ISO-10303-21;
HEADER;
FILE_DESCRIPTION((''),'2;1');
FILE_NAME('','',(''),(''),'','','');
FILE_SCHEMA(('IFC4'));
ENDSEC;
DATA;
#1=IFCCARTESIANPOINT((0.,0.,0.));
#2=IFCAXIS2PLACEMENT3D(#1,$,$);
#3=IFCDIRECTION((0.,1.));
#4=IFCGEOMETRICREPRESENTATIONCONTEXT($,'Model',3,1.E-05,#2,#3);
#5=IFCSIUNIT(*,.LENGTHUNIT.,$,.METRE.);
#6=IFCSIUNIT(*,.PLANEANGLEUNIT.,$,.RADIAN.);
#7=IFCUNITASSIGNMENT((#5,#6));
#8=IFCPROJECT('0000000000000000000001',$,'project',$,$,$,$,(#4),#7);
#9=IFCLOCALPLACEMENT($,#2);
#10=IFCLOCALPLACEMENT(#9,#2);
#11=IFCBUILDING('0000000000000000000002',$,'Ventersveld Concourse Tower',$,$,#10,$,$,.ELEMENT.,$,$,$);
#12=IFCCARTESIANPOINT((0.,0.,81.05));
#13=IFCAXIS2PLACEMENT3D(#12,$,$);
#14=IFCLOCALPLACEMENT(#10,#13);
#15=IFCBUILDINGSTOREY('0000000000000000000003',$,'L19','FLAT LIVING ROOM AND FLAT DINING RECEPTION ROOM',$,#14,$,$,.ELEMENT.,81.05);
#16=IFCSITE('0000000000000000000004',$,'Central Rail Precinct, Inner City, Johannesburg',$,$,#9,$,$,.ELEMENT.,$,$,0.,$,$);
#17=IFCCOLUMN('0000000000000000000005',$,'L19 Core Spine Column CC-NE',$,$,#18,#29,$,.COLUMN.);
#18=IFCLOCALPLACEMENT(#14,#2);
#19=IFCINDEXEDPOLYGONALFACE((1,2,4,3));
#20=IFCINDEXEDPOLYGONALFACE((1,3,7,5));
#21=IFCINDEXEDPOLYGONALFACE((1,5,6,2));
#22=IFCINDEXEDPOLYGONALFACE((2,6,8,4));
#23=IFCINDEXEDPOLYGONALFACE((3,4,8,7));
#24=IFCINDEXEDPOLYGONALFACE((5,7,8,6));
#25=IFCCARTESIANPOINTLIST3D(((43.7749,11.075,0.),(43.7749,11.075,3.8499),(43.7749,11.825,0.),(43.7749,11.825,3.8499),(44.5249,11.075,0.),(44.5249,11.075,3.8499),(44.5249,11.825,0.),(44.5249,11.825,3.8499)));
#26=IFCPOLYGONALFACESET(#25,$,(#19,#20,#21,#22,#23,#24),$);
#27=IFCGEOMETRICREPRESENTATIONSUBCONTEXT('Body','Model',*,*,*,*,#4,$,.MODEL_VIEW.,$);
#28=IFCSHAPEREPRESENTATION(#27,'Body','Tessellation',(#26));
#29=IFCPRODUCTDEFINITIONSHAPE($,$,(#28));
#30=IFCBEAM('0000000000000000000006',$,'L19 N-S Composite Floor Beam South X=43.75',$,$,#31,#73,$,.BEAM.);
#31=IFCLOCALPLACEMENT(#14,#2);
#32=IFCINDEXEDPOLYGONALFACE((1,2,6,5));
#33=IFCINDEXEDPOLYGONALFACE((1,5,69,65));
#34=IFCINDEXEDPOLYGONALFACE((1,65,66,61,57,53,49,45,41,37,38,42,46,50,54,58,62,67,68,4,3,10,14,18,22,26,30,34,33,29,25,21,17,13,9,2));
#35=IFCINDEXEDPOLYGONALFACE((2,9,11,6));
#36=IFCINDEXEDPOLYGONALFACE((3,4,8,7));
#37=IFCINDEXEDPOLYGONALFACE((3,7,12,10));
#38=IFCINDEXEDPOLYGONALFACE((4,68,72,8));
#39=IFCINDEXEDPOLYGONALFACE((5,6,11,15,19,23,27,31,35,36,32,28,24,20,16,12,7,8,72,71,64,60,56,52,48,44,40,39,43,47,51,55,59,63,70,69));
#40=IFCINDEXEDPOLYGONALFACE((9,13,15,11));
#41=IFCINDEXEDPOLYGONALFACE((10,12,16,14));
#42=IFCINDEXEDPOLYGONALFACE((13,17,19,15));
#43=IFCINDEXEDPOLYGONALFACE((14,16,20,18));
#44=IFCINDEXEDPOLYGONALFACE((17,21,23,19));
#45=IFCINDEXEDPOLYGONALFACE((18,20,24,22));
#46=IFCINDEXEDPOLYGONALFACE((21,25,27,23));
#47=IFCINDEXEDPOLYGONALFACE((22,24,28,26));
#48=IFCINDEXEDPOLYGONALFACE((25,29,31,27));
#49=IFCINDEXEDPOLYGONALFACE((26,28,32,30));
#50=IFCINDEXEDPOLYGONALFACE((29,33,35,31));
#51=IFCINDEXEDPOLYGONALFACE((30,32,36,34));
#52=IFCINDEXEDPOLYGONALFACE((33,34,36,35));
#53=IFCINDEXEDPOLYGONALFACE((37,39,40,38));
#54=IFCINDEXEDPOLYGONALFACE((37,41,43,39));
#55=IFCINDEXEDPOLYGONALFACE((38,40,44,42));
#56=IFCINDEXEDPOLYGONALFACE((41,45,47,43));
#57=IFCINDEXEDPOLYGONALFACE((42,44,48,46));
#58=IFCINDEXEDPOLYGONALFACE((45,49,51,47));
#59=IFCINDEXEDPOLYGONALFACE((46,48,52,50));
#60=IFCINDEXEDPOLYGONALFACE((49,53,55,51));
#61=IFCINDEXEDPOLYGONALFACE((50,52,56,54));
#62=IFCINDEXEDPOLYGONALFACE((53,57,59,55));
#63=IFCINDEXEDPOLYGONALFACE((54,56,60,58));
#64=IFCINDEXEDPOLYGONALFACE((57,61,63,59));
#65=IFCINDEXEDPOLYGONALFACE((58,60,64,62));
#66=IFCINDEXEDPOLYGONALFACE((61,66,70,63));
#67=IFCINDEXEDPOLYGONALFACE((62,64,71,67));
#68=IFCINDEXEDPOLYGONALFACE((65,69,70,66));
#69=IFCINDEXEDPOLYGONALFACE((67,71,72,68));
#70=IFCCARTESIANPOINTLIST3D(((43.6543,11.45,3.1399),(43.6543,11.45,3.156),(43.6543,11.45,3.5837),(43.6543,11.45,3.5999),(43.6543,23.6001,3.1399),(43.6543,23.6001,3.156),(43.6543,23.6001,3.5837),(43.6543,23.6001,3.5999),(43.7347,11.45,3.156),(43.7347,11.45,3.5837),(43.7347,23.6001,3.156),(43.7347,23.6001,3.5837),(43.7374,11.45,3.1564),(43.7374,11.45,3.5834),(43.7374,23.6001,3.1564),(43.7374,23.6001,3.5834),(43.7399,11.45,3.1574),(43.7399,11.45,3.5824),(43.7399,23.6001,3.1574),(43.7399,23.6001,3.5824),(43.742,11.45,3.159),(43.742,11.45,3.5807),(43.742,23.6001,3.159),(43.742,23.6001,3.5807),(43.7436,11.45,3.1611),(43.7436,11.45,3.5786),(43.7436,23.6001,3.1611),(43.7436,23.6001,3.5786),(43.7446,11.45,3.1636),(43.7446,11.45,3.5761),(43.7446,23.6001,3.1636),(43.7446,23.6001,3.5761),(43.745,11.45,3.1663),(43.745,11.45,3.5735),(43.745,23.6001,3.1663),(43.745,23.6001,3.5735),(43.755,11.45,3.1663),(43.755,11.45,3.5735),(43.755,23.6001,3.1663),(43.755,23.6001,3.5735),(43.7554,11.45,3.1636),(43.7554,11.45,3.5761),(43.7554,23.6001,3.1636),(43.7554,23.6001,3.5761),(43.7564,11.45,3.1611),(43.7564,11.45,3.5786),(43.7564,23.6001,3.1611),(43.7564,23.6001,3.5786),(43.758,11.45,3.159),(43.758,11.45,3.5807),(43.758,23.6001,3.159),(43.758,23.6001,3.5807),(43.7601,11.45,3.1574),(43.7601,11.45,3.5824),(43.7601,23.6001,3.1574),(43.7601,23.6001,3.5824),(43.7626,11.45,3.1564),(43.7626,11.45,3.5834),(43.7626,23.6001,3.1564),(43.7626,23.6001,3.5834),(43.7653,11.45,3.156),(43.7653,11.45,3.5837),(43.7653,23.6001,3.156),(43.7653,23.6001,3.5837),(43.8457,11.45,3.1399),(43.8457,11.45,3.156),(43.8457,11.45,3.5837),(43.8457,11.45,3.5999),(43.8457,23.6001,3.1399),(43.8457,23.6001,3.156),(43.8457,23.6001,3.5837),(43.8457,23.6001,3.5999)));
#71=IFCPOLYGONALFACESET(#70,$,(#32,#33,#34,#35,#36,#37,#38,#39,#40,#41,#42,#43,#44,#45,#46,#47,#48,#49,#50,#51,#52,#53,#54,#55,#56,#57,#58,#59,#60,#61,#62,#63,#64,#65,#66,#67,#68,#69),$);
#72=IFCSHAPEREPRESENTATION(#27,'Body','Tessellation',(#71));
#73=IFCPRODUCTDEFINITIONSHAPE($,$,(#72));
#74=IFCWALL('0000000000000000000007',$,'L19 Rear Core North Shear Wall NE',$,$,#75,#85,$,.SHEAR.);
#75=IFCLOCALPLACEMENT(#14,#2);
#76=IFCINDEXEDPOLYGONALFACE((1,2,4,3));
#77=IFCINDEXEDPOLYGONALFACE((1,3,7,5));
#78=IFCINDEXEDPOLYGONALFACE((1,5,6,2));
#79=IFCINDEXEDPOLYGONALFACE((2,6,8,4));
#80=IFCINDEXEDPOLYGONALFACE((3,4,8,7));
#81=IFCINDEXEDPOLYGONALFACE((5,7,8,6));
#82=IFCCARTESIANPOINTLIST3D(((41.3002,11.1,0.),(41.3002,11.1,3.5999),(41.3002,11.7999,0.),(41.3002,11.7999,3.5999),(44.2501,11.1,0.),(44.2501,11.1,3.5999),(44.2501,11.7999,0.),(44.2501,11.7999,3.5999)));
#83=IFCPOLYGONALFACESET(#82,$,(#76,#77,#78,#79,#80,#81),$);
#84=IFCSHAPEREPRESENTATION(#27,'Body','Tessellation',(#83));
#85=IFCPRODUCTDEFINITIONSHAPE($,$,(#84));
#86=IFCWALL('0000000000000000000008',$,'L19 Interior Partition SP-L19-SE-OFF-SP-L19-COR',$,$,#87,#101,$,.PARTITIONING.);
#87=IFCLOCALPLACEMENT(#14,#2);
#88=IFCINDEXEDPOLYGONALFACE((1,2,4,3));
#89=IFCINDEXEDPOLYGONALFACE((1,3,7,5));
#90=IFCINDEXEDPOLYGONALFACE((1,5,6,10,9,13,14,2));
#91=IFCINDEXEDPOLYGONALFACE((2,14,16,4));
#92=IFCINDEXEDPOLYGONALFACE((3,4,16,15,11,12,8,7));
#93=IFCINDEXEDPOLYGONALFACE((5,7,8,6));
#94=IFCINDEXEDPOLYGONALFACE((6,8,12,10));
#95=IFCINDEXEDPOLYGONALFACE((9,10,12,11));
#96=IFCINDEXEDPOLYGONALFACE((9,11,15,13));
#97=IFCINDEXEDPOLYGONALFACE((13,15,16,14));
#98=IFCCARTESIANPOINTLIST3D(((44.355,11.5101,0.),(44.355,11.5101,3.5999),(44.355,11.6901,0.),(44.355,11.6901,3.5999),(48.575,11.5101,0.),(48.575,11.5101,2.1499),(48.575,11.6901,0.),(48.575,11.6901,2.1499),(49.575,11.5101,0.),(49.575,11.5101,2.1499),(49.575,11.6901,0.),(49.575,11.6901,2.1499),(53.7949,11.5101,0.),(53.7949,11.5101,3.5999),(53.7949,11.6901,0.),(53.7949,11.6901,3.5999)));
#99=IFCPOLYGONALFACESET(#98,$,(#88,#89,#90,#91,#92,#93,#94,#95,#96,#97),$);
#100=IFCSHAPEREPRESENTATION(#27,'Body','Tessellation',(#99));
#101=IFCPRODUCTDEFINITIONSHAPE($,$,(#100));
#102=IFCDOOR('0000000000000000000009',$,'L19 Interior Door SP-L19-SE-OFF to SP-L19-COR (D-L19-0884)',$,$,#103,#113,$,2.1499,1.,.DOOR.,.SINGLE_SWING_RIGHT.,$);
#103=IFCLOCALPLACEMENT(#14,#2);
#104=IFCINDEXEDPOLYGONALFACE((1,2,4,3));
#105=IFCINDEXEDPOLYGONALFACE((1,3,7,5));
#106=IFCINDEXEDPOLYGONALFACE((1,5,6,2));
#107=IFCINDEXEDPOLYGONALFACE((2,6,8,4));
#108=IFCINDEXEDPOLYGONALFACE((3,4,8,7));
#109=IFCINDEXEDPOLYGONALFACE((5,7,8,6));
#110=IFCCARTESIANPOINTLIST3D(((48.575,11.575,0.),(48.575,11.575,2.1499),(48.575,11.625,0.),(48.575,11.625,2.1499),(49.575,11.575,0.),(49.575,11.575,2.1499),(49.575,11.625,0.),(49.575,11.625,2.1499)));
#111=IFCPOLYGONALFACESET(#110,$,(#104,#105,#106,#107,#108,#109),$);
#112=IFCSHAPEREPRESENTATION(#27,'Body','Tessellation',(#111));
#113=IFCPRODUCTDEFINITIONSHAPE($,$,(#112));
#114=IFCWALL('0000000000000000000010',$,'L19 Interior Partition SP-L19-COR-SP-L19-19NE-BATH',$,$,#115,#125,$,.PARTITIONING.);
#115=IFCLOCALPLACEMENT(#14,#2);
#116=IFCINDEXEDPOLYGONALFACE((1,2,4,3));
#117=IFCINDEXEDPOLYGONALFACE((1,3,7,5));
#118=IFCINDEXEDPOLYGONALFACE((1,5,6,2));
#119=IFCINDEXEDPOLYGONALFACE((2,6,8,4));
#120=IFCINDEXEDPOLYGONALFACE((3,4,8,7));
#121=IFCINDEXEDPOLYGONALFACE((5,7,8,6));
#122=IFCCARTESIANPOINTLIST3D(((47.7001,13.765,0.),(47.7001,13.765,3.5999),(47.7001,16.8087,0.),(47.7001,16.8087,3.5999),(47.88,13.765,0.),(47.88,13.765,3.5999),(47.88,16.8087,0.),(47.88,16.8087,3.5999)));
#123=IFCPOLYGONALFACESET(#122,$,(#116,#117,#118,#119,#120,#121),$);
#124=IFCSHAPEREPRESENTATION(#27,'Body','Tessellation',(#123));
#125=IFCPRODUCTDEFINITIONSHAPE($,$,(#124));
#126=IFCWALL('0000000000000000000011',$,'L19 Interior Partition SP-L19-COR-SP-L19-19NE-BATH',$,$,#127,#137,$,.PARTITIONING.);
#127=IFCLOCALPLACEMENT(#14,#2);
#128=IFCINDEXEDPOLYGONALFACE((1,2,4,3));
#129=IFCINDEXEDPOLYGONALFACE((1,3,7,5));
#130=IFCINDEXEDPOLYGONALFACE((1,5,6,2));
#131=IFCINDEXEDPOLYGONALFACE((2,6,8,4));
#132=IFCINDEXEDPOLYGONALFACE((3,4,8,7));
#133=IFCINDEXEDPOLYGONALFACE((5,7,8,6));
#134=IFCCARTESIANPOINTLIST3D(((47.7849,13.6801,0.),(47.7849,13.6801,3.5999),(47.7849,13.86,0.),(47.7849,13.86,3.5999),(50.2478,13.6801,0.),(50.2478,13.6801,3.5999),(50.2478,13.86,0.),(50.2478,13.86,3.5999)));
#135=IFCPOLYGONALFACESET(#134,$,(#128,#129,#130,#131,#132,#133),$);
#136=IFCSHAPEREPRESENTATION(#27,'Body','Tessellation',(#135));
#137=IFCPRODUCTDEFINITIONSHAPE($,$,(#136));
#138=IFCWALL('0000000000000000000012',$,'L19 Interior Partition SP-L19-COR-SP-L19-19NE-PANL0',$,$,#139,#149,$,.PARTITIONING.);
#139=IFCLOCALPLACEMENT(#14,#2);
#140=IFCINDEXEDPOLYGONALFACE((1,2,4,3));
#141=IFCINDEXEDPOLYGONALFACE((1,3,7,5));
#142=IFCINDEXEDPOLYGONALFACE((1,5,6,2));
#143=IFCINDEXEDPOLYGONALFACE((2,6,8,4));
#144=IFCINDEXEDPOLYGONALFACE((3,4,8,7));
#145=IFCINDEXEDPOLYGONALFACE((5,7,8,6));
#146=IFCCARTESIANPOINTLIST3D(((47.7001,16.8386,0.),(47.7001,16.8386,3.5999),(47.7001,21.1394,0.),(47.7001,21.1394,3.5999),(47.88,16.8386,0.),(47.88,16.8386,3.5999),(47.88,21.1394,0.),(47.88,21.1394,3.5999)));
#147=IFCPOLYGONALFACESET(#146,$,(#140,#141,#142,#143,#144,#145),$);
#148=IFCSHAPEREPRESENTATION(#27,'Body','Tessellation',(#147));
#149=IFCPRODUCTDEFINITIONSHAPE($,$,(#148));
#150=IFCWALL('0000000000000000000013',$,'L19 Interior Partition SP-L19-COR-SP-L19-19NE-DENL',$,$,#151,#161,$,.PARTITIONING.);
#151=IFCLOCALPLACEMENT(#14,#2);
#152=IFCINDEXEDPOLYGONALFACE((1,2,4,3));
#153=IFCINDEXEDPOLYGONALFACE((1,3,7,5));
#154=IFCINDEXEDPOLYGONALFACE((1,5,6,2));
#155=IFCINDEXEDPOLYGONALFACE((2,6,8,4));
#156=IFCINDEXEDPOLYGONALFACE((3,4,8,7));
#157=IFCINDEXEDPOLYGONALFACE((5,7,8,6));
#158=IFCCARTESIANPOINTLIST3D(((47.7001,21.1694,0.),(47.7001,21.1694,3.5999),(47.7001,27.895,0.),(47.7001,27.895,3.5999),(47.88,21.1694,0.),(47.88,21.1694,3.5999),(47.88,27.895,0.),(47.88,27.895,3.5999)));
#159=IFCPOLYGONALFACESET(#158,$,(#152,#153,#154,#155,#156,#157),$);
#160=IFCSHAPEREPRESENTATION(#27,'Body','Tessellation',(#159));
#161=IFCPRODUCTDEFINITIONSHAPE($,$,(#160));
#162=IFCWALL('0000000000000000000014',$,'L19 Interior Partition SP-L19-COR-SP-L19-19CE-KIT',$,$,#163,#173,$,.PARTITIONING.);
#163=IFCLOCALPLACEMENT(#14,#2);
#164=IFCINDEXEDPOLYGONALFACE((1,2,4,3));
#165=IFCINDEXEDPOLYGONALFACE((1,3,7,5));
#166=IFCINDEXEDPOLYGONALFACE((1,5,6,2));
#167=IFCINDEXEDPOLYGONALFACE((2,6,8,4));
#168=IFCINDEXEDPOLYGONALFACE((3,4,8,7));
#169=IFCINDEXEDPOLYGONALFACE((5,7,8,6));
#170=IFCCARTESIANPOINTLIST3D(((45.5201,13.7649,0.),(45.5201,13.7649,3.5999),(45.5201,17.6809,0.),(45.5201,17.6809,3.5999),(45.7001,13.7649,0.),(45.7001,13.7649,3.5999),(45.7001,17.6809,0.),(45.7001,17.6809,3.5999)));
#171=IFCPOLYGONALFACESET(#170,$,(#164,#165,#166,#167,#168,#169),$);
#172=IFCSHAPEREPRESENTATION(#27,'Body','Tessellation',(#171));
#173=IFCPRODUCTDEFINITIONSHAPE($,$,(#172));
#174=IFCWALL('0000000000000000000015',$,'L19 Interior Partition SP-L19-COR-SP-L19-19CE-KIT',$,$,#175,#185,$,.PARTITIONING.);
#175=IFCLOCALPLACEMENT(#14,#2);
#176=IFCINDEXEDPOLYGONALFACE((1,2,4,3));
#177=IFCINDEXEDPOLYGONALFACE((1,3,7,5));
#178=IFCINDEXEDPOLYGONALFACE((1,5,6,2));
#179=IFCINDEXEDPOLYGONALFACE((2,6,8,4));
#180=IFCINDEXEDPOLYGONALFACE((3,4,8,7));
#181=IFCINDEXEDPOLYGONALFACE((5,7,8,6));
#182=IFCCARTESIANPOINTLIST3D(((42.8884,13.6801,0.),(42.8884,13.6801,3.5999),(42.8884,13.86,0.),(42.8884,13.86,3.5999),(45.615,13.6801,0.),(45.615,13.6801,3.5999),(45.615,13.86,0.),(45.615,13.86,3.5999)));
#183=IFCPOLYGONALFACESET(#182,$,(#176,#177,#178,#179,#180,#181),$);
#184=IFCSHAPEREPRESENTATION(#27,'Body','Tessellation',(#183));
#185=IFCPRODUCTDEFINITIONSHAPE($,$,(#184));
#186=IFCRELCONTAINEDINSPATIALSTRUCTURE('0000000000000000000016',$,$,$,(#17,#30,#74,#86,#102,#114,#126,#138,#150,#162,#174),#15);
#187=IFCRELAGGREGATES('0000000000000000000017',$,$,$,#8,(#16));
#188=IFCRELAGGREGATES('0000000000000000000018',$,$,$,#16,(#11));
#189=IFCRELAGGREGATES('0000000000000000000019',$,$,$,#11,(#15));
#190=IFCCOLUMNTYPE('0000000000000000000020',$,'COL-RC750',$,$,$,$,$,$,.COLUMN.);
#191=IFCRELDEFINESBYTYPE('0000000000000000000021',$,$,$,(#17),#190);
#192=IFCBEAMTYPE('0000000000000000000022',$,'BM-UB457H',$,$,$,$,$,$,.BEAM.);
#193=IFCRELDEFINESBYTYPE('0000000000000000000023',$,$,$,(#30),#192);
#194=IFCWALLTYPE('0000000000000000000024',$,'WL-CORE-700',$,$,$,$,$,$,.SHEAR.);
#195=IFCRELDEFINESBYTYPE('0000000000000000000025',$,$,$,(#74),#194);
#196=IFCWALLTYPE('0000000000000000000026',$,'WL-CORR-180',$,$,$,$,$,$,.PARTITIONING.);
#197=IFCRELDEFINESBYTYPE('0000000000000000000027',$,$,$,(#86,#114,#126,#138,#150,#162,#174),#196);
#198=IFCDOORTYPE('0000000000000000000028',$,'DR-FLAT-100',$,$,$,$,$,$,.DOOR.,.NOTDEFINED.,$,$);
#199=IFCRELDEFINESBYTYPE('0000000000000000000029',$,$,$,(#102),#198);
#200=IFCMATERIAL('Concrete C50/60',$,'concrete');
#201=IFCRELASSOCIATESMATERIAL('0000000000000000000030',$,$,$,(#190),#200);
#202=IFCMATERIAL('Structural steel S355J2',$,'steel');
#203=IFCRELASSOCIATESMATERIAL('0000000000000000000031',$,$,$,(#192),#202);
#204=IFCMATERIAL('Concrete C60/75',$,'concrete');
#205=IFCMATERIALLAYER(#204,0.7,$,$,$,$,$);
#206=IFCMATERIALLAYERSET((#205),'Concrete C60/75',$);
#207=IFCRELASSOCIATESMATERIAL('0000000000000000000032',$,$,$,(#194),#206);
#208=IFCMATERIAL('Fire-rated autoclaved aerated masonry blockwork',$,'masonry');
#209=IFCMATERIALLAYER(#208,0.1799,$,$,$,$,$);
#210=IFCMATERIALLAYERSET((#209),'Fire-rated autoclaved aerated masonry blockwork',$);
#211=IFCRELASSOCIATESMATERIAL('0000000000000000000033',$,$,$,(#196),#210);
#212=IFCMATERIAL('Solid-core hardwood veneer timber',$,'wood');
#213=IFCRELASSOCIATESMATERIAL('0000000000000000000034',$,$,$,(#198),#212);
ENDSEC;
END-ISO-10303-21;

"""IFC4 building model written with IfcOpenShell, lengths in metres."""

from ifc_helpers import new_model, si_unit, direction, frame, frame_2d, origin, origin_2d, place, context, subcontext, project, spatial, rectangle, i_section, extrude, material, layer, layer_set, material_profile, profile_set, type_object, element, fill, save


model = new_model("IFC4")

# Units and contexts
model_context = context("Model", 3, precision=1e-05, world=origin(), true_north=direction((0.0, 1.0)))
body_context = subcontext(model_context, "Body", "Model", "MODEL_VIEW")
ifc_project = project(units=[si_unit("LENGTHUNIT", "METRE"), si_unit("PLANEANGLEUNIT", "RADIAN")], contexts=[model_context])

# Site, building, storey
site_placement = place(None, origin())
site = spatial("IfcSite", under=ifc_project, at=site_placement, Name="Central Rail Precinct, Inner City, Johannesburg", CompositionType="ELEMENT", RefElevation=0.0)
building_placement = place(site_placement, origin())
building = spatial("IfcBuilding", under=site, at=building_placement, Name="Ventersveld Concourse Tower", CompositionType="ELEMENT")
storey_placement = place(building_placement, frame((0.0, 0.0, 81.05)))
storey = spatial("IfcBuildingStorey", under=building, at=storey_placement, Name="L19", Description="FLAT LIVING ROOM AND FLAT DINING RECEPTION ROOM", CompositionType="ELEMENT", Elevation=81.05)

# Column
ifc_material_1 = material(Name="Concrete C50/60", Category="concrete")
ifc_material_profile_1 = material_profile(ifc_material_1, rectangle(XDim=0.75, YDim=0.75, at=origin_2d()), Name="RC 750x750")
ifc_profile_set_1 = profile_set([ifc_material_profile_1], Name="Concrete C50/60")
column_type = type_object("IfcColumnType", Name="COL-RC750", PredefinedType="COLUMN", material=ifc_profile_set_1)
column_placement = place(storey_placement, frame((44.1499, 11.45, 0.0), z_axis=(0.0, 0.0, 1.0), x_axis=(1.0, 0.0, 0.0)))
element("IfcColumn", 1, at=column_placement, inside=storey, type_object=column_type, Name="L19 Core Spine Column CC-NE", PredefinedType="COLUMN", context=body_context, shape_type="SweptSolid", body=[
    extrude(rectangle(XDim=0.75, YDim=0.75, at=origin_2d()), origin(), (0.0, 0.0, 1.0), 3.8499),
])

# Beam
ifc_material_2 = material(Name="Structural steel S355J2", Category="steel")
ifc_material_profile_2 = material_profile(ifc_material_2, i_section(OverallWidth=0.1914, OverallDepth=0.46, WebThickness=0.01, FlangeThickness=0.0161, FilletRadius=0.0103, at=origin_2d()), Name="UB 457x191x82")
ifc_profile_set_2 = profile_set([ifc_material_profile_2], Name="Structural steel S355J2")
beam_type = type_object("IfcBeamType", Name="BM-UB457H", PredefinedType="BEAM", material=ifc_profile_set_2)
beam_placement = place(storey_placement, frame((43.75, 11.45, 3.3699), z_axis=(0.0, 1.0, 0.0), x_axis=(-1.0, 0.0, 0.0)))
element("IfcBeam", 2, at=beam_placement, inside=storey, type_object=beam_type, Name="L19 N-S Composite Floor Beam South X=43.75", PredefinedType="BEAM", context=body_context, shape_type="SweptSolid", body=[
    extrude(i_section(OverallWidth=0.1914, OverallDepth=0.46, WebThickness=0.01, FlangeThickness=0.0161, FilletRadius=0.0103, at=origin_2d()), origin(), (0.0, 0.0, 1.0), 12.1501),
])

# Wall
ifc_material_3 = material(Name="Concrete C60/75", Category="concrete")
ifc_layer_1 = layer(ifc_material_3, 0.7)
ifc_layer_set_1 = layer_set([ifc_layer_1], Name="Concrete C60/75")
wall_type_1 = type_object("IfcWallType", Name="WL-CORE-700", PredefinedType="SHEAR", material=ifc_layer_set_1)
wall_1_placement = place(storey_placement, frame((41.3, 11.45, 0.0), z_axis=(0.0, 0.0, 1.0), x_axis=(1.0, 0.0, 0.0)))
element("IfcWall", 3, at=wall_1_placement, inside=storey, type_object=wall_type_1, Name="L19 Rear Core North Shear Wall NE", PredefinedType="SHEAR", context=body_context, shape_type="SweptSolid", body=[
    extrude(rectangle(XDim=2.95, YDim=0.7, at=frame_2d((1.4751, 0.0))), origin(), (0.0, 0.0, 1.0), 3.5999),
])

# Wall, opening, door
ifc_material_4 = material(Name="Fire-rated autoclaved aerated masonry blockwork", Category="masonry")
ifc_layer_2 = layer(ifc_material_4, 0.1799)
ifc_layer_set_2 = layer_set([ifc_layer_2], Name="Fire-rated autoclaved aerated masonry blockwork")
wall_type_2 = type_object("IfcWallType", Name="WL-CORR-180", PredefinedType="PARTITIONING", material=ifc_layer_set_2)
wall_2_placement = place(storey_placement, frame((44.355, 11.6001, 0.0), z_axis=(0.0, 0.0, 1.0), x_axis=(1.0, 0.0, 0.0)))
wall_2 = element("IfcWall", 4, at=wall_2_placement, inside=storey, type_object=wall_type_2, Name="L19 Interior Partition SP-L19-SE-OFF-SP-L19-COR", PredefinedType="PARTITIONING", context=body_context, shape_type="SweptSolid", body=[
    extrude(rectangle(XDim=9.4399, YDim=0.1799, at=frame_2d((4.72, 0.0))), origin(), (0.0, 0.0, 1.0), 3.5999),
])
opening_1_placement = place(wall_2_placement, frame((4.22, 0.0, 0.0)))
opening_1 = element("IfcOpeningElement", 5, at=opening_1_placement, cuts=wall_2, PredefinedType="OPENING", context=body_context, shape_type="SweptSolid", body=[
    extrude(rectangle(XDim=1.0, YDim=2.1499, at=frame_2d((0.5, 1.075))), frame((0.0, 0.1001, 0.0), z_axis=(0.0, -1.0, 0.0), x_axis=(1.0, 0.0, 0.0)), (0.0, 0.0, 1.0), 0.2),
])
ifc_material_5 = material(Name="Solid-core hardwood veneer timber", Category="wood")
door_type_1 = type_object("IfcDoorType", Name="DR-FLAT-100", OperationType="NOTDEFINED", PredefinedType="DOOR", material=ifc_material_5)
door_1_placement = place(opening_1_placement, origin())
door_1 = element("IfcDoor", 6, at=door_1_placement, inside=storey, type_object=door_type_1, Name="L19 Interior Door SP-L19-SE-OFF to SP-L19-COR (D-L19-0884)", OperationType="SINGLE_SWING_RIGHT", OverallHeight=2.1499, OverallWidth=1.0, PredefinedType="DOOR", context=body_context, shape_type="SweptSolid", body=[
    extrude(rectangle(XDim=1.0, YDim=2.1499, at=frame_2d((0.5, 1.075))), frame((0.0, 0.0249, 0.0), z_axis=(0.0, -1.0, 0.0), x_axis=(1.0, 0.0, 0.0)), (0.0, 0.0, 1.0), 0.05),
])
fill(opening_1, door_1)

# Walls
wall_3_placement = place(storey_placement, frame((47.79, 13.7649, 0.0), z_axis=(0.0, 0.0, 1.0), x_axis=(0.0, 1.0, 0.0)))
element("IfcWall", 7, at=wall_3_placement, inside=storey, type_object=wall_type_2, Name="L19 Interior Partition SP-L19-COR-SP-L19-19NE-BATH", PredefinedType="PARTITIONING", context=body_context, shape_type="SweptSolid", body=[
    extrude(rectangle(XDim=3.0437, YDim=0.1799, at=frame_2d((1.522, 0.0))), origin(), (0.0, 0.0, 1.0), 3.5999),
])
wall_4_placement = place(storey_placement, frame((47.7849, 13.77, 0.0), z_axis=(0.0, 0.0, 1.0), x_axis=(1.0, 0.0, 0.0)))
element("IfcWall", 8, at=wall_4_placement, inside=storey, type_object=wall_type_2, Name="L19 Interior Partition SP-L19-COR-SP-L19-19NE-BATH", PredefinedType="PARTITIONING", context=body_context, shape_type="SweptSolid", body=[
    extrude(rectangle(XDim=2.4629, YDim=0.1799, at=frame_2d((1.2314, 0.0))), origin(), (0.0, 0.0, 1.0), 3.5999),
])
wall_5_placement = place(storey_placement, frame((47.79, 16.8386, 0.0), z_axis=(0.0, 0.0, 1.0), x_axis=(0.0, 1.0, 0.0)))
element("IfcWall", 9, at=wall_5_placement, inside=storey, type_object=wall_type_2, Name="L19 Interior Partition SP-L19-COR-SP-L19-19NE-PANL0", PredefinedType="PARTITIONING", context=body_context, shape_type="SweptSolid", body=[
    extrude(rectangle(XDim=4.3008, YDim=0.1799, at=frame_2d((2.1504, 0.0))), origin(), (0.0, 0.0, 1.0), 3.5999),
])
wall_6_placement = place(storey_placement, frame((47.79, 21.1694, 0.0), z_axis=(0.0, 0.0, 1.0), x_axis=(0.0, 1.0, 0.0)))
element("IfcWall", 10, at=wall_6_placement, inside=storey, type_object=wall_type_2, Name="L19 Interior Partition SP-L19-COR-SP-L19-19NE-DENL", PredefinedType="PARTITIONING", context=body_context, shape_type="SweptSolid", body=[
    extrude(rectangle(XDim=6.7256, YDim=0.1799, at=frame_2d((3.3628, 0.0))), origin(), (0.0, 0.0, 1.0), 3.5999),
])
wall_7_placement = place(storey_placement, frame((45.6101, 13.7649, 0.0), z_axis=(0.0, 0.0, 1.0), x_axis=(0.0, 1.0, 0.0)))
element("IfcWall", 11, at=wall_7_placement, inside=storey, type_object=wall_type_2, Name="L19 Interior Partition SP-L19-COR-SP-L19-19CE-KIT", PredefinedType="PARTITIONING", context=body_context, shape_type="SweptSolid", body=[
    extrude(rectangle(XDim=3.916, YDim=0.1799, at=frame_2d((1.958, 0.0))), origin(), (0.0, 0.0, 1.0), 3.5999),
])
wall_8_placement = place(storey_placement, frame((42.8884, 13.77, 0.0), z_axis=(0.0, 0.0, 1.0), x_axis=(1.0, 0.0, 0.0)))
element("IfcWall", 12, at=wall_8_placement, inside=storey, type_object=wall_type_2, Name="L19 Interior Partition SP-L19-COR-SP-L19-19CE-KIT", PredefinedType="PARTITIONING", context=body_context, shape_type="SweptSolid", body=[
    extrude(rectangle(XDim=2.7266, YDim=0.1799, at=frame_2d((1.3633, 0.0))), origin(), (0.0, 0.0, 1.0), 3.5999),
])

save(model, "model.ifc")
